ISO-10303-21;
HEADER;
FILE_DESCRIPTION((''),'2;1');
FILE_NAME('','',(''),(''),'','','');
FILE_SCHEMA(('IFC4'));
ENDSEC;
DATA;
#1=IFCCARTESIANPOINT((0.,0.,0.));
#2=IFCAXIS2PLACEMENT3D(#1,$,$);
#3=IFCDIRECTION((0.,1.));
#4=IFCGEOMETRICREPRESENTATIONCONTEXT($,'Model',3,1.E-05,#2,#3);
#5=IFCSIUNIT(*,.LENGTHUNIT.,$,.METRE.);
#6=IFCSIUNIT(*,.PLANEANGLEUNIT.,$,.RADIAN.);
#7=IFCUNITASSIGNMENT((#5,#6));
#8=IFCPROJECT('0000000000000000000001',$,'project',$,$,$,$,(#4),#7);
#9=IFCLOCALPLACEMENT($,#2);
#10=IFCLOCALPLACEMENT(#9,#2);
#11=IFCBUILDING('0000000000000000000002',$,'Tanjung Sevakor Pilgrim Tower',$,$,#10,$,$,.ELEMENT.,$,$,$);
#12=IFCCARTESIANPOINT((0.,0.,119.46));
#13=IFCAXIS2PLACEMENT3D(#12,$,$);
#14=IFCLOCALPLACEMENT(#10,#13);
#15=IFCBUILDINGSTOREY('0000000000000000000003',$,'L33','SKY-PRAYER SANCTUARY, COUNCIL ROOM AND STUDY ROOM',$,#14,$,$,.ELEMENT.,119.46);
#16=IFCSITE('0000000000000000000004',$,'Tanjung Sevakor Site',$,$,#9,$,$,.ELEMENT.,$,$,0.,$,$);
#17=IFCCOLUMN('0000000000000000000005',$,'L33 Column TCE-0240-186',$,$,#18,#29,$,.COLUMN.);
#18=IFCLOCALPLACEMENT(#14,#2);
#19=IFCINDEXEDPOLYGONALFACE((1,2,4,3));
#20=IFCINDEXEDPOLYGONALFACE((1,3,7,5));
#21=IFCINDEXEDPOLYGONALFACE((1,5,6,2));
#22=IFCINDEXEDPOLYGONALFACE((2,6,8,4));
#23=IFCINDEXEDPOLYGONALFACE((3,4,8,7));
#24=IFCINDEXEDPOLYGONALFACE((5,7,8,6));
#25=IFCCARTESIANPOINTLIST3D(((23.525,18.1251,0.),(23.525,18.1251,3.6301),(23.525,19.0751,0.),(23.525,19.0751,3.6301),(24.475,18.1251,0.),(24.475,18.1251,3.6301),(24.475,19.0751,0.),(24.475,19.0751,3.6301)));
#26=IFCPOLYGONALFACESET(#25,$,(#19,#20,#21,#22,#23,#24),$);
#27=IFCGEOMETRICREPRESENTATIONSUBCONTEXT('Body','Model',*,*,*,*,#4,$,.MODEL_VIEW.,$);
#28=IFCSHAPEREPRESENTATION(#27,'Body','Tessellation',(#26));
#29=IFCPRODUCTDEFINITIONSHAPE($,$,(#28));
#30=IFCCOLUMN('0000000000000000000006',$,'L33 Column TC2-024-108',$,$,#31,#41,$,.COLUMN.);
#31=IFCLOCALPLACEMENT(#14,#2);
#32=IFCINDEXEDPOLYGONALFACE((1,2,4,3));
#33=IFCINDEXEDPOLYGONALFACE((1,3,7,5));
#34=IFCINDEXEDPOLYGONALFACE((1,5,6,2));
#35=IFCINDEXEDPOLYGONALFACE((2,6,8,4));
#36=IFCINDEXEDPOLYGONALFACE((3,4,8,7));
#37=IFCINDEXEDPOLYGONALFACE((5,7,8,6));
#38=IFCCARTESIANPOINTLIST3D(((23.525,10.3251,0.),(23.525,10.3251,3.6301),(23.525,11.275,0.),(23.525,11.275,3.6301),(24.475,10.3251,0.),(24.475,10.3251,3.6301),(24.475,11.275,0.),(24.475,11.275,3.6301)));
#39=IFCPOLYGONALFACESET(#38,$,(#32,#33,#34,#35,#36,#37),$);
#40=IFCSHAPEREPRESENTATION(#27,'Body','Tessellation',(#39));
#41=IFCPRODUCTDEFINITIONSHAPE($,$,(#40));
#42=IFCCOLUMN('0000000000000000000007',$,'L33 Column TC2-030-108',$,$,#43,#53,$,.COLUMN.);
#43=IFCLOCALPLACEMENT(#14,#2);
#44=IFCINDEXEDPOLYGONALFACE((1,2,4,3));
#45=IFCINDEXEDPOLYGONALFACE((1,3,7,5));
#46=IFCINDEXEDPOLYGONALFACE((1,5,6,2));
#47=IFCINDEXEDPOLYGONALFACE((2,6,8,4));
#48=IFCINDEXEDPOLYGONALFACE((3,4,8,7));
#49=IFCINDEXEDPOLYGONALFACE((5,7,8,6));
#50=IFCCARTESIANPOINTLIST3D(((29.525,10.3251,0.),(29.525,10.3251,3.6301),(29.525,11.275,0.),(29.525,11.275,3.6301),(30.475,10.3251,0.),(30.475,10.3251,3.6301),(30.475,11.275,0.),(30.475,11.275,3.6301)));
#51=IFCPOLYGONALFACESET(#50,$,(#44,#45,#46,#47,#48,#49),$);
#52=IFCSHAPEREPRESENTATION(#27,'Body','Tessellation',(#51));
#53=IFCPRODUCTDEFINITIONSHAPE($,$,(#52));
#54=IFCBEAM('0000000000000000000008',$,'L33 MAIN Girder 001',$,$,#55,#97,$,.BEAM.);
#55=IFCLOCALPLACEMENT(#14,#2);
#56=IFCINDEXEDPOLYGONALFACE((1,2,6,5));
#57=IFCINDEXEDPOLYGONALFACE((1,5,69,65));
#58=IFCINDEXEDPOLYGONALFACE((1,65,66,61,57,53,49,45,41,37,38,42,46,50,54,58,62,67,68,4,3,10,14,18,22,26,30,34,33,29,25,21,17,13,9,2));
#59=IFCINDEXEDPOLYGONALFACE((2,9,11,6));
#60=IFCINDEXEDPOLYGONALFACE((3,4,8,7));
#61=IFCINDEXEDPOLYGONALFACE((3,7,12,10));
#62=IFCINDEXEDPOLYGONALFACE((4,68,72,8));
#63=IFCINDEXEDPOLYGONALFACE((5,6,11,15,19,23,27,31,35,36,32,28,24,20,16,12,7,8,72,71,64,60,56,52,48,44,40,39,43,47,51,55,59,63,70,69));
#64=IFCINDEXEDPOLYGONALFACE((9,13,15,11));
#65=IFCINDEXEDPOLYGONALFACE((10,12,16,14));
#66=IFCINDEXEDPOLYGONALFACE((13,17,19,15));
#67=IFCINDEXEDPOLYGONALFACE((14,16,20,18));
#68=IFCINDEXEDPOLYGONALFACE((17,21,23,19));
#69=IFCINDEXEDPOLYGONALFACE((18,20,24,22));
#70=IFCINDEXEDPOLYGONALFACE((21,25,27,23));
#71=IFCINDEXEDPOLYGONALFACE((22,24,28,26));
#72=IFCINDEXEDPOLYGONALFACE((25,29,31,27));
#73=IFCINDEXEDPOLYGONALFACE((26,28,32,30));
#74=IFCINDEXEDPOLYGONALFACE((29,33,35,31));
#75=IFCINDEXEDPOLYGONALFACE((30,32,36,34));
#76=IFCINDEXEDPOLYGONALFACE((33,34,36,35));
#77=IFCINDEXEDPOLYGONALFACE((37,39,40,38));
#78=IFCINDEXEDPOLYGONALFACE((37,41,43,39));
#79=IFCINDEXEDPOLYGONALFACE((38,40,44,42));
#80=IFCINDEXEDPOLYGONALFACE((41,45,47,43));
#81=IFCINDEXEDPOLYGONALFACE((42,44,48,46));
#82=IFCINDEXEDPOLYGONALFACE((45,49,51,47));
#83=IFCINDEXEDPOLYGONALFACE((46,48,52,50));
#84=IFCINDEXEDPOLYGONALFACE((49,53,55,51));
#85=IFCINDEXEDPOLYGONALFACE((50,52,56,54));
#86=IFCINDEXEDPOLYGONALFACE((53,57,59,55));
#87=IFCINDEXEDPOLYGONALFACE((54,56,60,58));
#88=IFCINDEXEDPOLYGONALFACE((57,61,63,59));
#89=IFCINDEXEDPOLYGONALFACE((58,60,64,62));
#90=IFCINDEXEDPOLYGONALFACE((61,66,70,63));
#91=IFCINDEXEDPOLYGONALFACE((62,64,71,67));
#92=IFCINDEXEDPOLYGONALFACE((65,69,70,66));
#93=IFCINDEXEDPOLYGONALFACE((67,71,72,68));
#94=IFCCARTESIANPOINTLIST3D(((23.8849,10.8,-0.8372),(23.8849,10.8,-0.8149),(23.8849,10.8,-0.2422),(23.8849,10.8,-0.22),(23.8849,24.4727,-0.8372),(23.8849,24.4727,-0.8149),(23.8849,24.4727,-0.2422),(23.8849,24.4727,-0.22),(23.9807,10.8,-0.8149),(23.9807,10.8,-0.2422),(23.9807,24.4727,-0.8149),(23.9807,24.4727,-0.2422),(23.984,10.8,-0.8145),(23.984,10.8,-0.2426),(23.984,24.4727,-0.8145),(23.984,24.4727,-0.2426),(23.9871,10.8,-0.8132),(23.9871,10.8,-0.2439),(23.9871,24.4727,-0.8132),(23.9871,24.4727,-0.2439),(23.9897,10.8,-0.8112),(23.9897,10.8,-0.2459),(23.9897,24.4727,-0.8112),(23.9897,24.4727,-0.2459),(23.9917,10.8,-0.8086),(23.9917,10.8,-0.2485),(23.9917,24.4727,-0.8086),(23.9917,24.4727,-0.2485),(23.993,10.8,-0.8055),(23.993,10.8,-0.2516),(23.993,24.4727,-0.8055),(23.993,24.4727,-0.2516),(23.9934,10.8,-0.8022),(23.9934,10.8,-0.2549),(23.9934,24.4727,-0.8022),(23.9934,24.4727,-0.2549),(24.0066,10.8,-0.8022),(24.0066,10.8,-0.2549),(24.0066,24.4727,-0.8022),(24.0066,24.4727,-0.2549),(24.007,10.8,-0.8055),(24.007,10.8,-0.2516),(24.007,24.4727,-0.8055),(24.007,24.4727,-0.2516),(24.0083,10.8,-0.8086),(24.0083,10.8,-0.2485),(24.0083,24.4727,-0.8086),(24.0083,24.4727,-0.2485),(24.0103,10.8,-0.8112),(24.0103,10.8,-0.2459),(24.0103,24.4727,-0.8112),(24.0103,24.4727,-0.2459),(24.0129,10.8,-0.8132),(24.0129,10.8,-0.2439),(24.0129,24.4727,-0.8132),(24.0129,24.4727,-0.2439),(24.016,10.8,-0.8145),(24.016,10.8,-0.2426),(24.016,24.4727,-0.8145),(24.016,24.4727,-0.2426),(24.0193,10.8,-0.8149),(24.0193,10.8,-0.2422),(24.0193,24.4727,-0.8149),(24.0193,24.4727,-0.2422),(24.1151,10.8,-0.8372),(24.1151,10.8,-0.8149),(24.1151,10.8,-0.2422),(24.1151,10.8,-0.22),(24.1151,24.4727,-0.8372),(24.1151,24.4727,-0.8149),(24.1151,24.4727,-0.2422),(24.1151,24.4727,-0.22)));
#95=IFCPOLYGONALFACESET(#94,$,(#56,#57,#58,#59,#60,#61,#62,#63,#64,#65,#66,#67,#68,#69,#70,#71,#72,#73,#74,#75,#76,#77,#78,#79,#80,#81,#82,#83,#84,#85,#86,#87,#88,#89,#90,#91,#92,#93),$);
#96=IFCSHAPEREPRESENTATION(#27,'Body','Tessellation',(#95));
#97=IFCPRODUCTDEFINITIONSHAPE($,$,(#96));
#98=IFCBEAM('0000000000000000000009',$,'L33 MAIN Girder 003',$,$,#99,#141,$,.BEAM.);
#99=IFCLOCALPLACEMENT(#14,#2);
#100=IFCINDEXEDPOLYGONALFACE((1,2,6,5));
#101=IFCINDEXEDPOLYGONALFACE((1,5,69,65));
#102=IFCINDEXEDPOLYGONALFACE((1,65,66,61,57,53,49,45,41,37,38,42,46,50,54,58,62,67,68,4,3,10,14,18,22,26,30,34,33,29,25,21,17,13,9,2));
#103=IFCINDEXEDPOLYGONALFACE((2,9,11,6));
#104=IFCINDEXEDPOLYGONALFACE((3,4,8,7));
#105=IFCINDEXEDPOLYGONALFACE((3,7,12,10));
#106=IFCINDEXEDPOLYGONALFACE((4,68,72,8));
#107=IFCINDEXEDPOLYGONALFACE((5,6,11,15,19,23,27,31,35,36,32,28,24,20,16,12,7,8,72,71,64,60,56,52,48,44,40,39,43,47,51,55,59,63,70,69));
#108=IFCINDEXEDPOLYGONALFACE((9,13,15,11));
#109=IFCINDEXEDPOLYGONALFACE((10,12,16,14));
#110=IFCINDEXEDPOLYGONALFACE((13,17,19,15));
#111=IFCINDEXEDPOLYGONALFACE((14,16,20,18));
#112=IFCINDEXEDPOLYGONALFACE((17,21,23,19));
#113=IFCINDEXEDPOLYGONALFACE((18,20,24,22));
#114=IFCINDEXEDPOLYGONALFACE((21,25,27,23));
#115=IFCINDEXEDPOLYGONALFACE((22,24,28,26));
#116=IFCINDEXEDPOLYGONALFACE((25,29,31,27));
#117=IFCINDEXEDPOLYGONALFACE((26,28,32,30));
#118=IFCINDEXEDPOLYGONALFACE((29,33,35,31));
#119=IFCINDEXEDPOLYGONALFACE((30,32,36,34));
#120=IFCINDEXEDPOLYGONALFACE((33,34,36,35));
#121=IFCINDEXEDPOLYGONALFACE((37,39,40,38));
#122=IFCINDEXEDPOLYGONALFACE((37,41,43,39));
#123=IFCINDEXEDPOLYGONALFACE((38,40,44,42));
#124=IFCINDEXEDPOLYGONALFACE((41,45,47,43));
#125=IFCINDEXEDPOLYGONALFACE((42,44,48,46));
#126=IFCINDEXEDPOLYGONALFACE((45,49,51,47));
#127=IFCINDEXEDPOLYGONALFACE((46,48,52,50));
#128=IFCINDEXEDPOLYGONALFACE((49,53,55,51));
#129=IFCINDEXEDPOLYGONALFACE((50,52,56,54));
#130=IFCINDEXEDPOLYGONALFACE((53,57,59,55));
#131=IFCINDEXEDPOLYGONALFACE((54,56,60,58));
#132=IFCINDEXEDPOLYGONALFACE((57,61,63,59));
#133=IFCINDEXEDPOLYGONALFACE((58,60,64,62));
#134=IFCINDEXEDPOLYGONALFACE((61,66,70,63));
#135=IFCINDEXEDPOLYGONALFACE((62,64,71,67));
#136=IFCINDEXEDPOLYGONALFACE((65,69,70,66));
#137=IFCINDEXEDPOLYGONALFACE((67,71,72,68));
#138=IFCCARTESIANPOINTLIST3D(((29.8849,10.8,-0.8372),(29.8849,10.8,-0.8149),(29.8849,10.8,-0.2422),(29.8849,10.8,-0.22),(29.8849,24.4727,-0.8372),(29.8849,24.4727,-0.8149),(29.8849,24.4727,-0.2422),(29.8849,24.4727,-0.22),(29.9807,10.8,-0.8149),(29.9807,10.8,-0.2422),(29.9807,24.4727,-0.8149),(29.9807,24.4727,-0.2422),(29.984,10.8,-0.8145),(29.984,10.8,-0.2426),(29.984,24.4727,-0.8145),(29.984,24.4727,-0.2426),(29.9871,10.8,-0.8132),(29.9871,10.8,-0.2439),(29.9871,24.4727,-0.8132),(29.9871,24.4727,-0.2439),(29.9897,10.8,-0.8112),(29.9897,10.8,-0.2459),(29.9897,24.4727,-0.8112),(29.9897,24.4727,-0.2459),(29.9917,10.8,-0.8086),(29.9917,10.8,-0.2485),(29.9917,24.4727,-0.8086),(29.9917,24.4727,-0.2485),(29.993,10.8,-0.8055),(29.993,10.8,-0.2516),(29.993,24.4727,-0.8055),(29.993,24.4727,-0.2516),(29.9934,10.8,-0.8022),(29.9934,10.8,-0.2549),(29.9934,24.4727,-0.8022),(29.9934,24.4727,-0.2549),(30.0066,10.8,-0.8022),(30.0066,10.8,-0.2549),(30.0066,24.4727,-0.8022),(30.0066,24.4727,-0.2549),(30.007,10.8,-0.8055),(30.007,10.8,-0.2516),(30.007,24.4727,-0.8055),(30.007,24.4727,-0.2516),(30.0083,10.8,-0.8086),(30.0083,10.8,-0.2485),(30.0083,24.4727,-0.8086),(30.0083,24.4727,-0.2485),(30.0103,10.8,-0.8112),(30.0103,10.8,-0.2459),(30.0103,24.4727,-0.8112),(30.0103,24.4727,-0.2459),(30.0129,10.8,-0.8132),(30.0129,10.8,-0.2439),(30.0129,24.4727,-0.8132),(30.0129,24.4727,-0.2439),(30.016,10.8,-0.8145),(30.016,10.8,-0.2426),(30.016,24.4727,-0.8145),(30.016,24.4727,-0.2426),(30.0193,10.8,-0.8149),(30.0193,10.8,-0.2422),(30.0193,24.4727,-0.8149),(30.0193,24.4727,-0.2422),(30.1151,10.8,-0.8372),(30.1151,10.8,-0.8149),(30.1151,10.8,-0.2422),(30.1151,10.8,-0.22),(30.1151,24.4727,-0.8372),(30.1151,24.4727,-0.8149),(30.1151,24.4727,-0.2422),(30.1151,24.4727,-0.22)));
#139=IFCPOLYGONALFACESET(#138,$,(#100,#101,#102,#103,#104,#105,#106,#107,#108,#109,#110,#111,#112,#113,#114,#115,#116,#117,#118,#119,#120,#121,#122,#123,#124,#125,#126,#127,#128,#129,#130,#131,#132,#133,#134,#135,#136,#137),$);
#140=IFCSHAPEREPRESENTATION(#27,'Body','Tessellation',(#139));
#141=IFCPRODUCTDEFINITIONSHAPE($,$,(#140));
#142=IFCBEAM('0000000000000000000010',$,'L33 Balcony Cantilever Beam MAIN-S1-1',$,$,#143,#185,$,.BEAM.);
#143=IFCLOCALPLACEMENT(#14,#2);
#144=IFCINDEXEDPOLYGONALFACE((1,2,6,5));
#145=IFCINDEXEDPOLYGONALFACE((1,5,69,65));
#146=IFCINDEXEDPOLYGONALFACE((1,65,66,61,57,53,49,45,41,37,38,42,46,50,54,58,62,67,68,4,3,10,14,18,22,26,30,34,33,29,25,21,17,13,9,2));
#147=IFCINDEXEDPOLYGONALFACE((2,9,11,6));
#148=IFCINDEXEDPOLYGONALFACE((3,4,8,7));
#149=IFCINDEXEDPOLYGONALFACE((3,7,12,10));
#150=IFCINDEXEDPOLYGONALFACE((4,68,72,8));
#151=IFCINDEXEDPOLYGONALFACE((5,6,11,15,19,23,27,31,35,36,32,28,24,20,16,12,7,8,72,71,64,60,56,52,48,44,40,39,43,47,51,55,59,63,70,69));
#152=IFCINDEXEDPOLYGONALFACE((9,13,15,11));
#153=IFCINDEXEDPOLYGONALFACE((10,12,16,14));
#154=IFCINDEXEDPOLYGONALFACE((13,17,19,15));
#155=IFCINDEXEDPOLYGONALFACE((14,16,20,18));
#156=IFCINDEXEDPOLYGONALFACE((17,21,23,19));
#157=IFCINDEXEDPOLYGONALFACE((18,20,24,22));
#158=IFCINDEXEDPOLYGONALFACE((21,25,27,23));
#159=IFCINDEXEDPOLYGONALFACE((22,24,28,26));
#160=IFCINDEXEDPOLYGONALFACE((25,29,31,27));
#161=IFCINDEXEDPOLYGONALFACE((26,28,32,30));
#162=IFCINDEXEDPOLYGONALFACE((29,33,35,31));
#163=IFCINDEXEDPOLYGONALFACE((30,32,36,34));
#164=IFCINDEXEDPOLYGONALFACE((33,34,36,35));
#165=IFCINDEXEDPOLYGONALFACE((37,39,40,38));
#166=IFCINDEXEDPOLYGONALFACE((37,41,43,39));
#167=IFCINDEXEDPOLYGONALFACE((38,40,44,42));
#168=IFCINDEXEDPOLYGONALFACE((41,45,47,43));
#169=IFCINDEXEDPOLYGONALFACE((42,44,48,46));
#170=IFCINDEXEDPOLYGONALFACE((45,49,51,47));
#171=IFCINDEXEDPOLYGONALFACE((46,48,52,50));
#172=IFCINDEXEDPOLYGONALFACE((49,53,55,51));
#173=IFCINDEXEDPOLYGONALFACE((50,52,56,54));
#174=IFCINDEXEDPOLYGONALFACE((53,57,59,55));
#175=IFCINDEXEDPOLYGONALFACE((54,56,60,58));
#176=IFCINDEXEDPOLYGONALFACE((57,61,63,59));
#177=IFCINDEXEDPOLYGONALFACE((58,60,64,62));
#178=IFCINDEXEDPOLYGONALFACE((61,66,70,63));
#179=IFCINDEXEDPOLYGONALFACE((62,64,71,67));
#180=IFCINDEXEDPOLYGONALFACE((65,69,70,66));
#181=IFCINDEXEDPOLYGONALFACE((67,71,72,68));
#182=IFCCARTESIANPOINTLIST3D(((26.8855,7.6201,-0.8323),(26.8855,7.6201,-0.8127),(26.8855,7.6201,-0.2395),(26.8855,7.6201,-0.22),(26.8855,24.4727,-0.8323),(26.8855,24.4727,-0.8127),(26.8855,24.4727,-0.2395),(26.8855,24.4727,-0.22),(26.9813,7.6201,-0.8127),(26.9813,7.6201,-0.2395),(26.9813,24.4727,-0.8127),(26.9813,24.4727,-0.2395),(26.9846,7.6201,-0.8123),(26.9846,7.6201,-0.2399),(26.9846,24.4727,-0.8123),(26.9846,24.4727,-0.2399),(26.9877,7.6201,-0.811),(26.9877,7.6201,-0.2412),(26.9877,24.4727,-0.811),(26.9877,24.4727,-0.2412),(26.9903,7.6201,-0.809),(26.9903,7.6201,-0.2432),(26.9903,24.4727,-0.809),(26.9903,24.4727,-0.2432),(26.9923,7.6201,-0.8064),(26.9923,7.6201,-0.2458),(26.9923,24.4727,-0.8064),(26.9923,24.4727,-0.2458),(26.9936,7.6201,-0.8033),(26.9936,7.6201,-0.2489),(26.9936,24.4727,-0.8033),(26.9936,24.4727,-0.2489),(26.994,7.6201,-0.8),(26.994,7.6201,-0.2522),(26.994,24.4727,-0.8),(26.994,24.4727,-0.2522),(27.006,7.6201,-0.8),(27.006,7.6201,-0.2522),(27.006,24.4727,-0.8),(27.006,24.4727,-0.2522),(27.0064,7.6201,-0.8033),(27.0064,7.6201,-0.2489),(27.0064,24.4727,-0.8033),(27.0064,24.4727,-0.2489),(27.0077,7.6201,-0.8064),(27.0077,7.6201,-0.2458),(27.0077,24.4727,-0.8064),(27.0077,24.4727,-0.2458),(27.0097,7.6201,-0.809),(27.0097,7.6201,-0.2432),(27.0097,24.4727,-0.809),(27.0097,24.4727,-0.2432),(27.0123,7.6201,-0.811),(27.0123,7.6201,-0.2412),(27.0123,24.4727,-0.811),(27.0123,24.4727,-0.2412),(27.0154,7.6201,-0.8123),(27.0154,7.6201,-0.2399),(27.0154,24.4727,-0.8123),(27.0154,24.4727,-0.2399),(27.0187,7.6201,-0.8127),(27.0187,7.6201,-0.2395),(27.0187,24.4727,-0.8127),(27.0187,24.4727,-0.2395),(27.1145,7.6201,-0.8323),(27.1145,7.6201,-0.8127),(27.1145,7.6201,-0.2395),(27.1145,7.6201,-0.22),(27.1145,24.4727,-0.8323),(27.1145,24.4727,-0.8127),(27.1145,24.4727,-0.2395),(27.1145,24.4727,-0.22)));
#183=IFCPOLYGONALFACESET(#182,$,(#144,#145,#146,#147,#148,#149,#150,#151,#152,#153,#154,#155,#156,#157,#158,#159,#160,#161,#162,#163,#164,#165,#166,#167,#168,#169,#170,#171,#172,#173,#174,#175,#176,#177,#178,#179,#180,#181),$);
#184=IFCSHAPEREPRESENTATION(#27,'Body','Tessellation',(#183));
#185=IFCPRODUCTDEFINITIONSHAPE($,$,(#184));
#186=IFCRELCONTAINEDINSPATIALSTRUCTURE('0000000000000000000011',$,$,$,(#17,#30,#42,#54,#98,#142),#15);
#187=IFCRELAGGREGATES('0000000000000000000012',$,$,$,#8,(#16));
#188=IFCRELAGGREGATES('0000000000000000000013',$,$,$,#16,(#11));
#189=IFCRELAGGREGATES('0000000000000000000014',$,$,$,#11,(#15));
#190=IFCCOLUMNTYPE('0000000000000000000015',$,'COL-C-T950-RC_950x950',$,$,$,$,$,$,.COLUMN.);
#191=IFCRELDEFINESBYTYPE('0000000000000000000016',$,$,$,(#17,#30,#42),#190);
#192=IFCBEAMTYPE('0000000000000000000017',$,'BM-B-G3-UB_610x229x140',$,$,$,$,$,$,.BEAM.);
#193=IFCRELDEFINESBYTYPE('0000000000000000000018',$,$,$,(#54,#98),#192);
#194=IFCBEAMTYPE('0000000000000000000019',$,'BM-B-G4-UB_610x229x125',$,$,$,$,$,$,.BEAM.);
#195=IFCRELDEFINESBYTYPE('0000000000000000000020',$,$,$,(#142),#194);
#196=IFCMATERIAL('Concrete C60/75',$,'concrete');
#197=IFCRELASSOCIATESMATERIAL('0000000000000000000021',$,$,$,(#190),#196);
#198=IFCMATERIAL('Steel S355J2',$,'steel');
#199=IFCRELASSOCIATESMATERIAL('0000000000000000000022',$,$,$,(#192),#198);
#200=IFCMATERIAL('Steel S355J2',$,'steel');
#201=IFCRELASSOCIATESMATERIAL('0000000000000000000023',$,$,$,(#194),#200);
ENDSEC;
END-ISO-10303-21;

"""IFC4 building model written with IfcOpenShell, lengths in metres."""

from ifc_helpers import new_model, si_unit, direction, frame, origin, origin_2d, place, context, subcontext, project, spatial, rectangle, i_section, extrude, material, material_profile, profile_set, type_object, element, save


model = new_model("IFC4")

# Units and contexts
model_context = context("Model", 3, precision=1e-05, world=origin(), true_north=direction((0.0, 1.0)))
body_context = subcontext(model_context, "Body", "Model", "MODEL_VIEW")
ifc_project = project(units=[si_unit("LENGTHUNIT", "METRE"), si_unit("PLANEANGLEUNIT", "RADIAN")], contexts=[model_context])

# Site, building, storey
site_placement = place(None, origin())
site = spatial("IfcSite", under=ifc_project, at=site_placement, Name="Tanjung Sevakor Site", CompositionType="ELEMENT", RefElevation=0.0)
building_placement = place(site_placement, origin())
building = spatial("IfcBuilding", under=site, at=building_placement, Name="Tanjung Sevakor Pilgrim Tower", CompositionType="ELEMENT")
storey_placement = place(building_placement, frame((0.0, 0.0, 119.46)))
storey = spatial("IfcBuildingStorey", under=building, at=storey_placement, Name="L33", Description="SKY-PRAYER SANCTUARY, COUNCIL ROOM AND STUDY ROOM", CompositionType="ELEMENT", Elevation=119.46)

# Columns
ifc_material_1 = material(Name="Concrete C60/75", Category="concrete")
ifc_material_profile_1 = material_profile(ifc_material_1, rectangle(XDim=0.95, YDim=0.95, at=origin_2d()))
ifc_profile_set_1 = profile_set([ifc_material_profile_1], Name="Concrete C60/75")
column_type = type_object("IfcColumnType", Name="COL-C-T950-RC_950x950", PredefinedType="COLUMN", material=ifc_profile_set_1)
for number, where, z_axis, x_axis, name in (
    (1, (24.0, 18.6001, 0.0), (0.0, 0.0, 1.0), (1.0, 0.0, 0.0), "L33 Column TCE-0240-186"),
    (2, (24.0, 10.8, 0.0), (0.0, 0.0, 1.0), (1.0, 0.0, 0.0), "L33 Column TC2-024-108"),
    (3, (30.0, 10.8, 0.0), (0.0, 0.0, 1.0), (1.0, 0.0, 0.0), "L33 Column TC2-030-108"),
):
    element("IfcColumn", number, at=place(storey_placement, frame(where, z_axis=z_axis, x_axis=x_axis)), inside=storey, type_object=column_type, Name=name, PredefinedType="COLUMN", context=body_context, shape_type="SweptSolid", body=[
        extrude(rectangle(XDim=0.95, YDim=0.95, at=origin_2d()), origin(), (0.0, 0.0, 1.0), 3.6301),
    ])

# Beams
ifc_material_2 = material(Name="Steel S355J2", Category="steel")
ifc_material_profile_2 = material_profile(ifc_material_2, i_section(OverallWidth=0.2302, OverallDepth=0.6172, WebThickness=0.0132, FlangeThickness=0.0222, FilletRadius=0.0127, at=origin_2d()))
ifc_profile_set_2 = profile_set([ifc_material_profile_2], Name="Steel S355J2")
beam_type_1 = type_object("IfcBeamType", Name="BM-B-G3-UB_610x229x140", PredefinedType="BEAM", material=ifc_profile_set_2)
for number, where, z_axis, x_axis, name in (
    (4, (24.0, 10.8, -0.5286), (0.0, 1.0, 0.0), (-1.0, 0.0, 0.0), "L33 MAIN Girder 001"),
    (5, (30.0, 10.8, -0.5286), (0.0, 1.0, 0.0), (-1.0, 0.0, 0.0), "L33 MAIN Girder 003"),
):
    element("IfcBeam", number, at=place(storey_placement, frame(where, z_axis=z_axis, x_axis=x_axis)), inside=storey, type_object=beam_type_1, Name=name, PredefinedType="BEAM", context=body_context, shape_type="SweptSolid", body=[
        extrude(i_section(OverallWidth=0.2302, OverallDepth=0.6172, WebThickness=0.0132, FlangeThickness=0.0222, FilletRadius=0.0127, at=origin_2d()), origin(), (0.0, 0.0, 1.0), 13.6726),
    ])
ifc_material_3 = material(Name="Steel S355J2", Category="steel")
ifc_material_profile_3 = material_profile(ifc_material_3, i_section(OverallWidth=0.229, OverallDepth=0.6123, WebThickness=0.012, FlangeThickness=0.0195, FilletRadius=0.0127, at=origin_2d()))
ifc_profile_set_3 = profile_set([ifc_material_profile_3], Name="Steel S355J2")
beam_type_2 = type_object("IfcBeamType", Name="BM-B-G4-UB_610x229x125", PredefinedType="BEAM", material=ifc_profile_set_3)
beam_1_placement = place(storey_placement, frame((27.0, 24.4727, -0.5261), z_axis=(0.0, -1.0, 0.0), x_axis=(1.0, 0.0, 0.0)))
element("IfcBeam", 6, at=beam_1_placement, inside=storey, type_object=beam_type_2, Name="L33 Balcony Cantilever Beam MAIN-S1-1", PredefinedType="BEAM", context=body_context, shape_type="SweptSolid", body=[
    extrude(i_section(OverallWidth=0.229, OverallDepth=0.6123, WebThickness=0.012, FlangeThickness=0.0195, FilletRadius=0.0127, at=origin_2d()), origin(), (0.0, 0.0, 1.0), 16.8525),
])

save(model, "model.ifc")
